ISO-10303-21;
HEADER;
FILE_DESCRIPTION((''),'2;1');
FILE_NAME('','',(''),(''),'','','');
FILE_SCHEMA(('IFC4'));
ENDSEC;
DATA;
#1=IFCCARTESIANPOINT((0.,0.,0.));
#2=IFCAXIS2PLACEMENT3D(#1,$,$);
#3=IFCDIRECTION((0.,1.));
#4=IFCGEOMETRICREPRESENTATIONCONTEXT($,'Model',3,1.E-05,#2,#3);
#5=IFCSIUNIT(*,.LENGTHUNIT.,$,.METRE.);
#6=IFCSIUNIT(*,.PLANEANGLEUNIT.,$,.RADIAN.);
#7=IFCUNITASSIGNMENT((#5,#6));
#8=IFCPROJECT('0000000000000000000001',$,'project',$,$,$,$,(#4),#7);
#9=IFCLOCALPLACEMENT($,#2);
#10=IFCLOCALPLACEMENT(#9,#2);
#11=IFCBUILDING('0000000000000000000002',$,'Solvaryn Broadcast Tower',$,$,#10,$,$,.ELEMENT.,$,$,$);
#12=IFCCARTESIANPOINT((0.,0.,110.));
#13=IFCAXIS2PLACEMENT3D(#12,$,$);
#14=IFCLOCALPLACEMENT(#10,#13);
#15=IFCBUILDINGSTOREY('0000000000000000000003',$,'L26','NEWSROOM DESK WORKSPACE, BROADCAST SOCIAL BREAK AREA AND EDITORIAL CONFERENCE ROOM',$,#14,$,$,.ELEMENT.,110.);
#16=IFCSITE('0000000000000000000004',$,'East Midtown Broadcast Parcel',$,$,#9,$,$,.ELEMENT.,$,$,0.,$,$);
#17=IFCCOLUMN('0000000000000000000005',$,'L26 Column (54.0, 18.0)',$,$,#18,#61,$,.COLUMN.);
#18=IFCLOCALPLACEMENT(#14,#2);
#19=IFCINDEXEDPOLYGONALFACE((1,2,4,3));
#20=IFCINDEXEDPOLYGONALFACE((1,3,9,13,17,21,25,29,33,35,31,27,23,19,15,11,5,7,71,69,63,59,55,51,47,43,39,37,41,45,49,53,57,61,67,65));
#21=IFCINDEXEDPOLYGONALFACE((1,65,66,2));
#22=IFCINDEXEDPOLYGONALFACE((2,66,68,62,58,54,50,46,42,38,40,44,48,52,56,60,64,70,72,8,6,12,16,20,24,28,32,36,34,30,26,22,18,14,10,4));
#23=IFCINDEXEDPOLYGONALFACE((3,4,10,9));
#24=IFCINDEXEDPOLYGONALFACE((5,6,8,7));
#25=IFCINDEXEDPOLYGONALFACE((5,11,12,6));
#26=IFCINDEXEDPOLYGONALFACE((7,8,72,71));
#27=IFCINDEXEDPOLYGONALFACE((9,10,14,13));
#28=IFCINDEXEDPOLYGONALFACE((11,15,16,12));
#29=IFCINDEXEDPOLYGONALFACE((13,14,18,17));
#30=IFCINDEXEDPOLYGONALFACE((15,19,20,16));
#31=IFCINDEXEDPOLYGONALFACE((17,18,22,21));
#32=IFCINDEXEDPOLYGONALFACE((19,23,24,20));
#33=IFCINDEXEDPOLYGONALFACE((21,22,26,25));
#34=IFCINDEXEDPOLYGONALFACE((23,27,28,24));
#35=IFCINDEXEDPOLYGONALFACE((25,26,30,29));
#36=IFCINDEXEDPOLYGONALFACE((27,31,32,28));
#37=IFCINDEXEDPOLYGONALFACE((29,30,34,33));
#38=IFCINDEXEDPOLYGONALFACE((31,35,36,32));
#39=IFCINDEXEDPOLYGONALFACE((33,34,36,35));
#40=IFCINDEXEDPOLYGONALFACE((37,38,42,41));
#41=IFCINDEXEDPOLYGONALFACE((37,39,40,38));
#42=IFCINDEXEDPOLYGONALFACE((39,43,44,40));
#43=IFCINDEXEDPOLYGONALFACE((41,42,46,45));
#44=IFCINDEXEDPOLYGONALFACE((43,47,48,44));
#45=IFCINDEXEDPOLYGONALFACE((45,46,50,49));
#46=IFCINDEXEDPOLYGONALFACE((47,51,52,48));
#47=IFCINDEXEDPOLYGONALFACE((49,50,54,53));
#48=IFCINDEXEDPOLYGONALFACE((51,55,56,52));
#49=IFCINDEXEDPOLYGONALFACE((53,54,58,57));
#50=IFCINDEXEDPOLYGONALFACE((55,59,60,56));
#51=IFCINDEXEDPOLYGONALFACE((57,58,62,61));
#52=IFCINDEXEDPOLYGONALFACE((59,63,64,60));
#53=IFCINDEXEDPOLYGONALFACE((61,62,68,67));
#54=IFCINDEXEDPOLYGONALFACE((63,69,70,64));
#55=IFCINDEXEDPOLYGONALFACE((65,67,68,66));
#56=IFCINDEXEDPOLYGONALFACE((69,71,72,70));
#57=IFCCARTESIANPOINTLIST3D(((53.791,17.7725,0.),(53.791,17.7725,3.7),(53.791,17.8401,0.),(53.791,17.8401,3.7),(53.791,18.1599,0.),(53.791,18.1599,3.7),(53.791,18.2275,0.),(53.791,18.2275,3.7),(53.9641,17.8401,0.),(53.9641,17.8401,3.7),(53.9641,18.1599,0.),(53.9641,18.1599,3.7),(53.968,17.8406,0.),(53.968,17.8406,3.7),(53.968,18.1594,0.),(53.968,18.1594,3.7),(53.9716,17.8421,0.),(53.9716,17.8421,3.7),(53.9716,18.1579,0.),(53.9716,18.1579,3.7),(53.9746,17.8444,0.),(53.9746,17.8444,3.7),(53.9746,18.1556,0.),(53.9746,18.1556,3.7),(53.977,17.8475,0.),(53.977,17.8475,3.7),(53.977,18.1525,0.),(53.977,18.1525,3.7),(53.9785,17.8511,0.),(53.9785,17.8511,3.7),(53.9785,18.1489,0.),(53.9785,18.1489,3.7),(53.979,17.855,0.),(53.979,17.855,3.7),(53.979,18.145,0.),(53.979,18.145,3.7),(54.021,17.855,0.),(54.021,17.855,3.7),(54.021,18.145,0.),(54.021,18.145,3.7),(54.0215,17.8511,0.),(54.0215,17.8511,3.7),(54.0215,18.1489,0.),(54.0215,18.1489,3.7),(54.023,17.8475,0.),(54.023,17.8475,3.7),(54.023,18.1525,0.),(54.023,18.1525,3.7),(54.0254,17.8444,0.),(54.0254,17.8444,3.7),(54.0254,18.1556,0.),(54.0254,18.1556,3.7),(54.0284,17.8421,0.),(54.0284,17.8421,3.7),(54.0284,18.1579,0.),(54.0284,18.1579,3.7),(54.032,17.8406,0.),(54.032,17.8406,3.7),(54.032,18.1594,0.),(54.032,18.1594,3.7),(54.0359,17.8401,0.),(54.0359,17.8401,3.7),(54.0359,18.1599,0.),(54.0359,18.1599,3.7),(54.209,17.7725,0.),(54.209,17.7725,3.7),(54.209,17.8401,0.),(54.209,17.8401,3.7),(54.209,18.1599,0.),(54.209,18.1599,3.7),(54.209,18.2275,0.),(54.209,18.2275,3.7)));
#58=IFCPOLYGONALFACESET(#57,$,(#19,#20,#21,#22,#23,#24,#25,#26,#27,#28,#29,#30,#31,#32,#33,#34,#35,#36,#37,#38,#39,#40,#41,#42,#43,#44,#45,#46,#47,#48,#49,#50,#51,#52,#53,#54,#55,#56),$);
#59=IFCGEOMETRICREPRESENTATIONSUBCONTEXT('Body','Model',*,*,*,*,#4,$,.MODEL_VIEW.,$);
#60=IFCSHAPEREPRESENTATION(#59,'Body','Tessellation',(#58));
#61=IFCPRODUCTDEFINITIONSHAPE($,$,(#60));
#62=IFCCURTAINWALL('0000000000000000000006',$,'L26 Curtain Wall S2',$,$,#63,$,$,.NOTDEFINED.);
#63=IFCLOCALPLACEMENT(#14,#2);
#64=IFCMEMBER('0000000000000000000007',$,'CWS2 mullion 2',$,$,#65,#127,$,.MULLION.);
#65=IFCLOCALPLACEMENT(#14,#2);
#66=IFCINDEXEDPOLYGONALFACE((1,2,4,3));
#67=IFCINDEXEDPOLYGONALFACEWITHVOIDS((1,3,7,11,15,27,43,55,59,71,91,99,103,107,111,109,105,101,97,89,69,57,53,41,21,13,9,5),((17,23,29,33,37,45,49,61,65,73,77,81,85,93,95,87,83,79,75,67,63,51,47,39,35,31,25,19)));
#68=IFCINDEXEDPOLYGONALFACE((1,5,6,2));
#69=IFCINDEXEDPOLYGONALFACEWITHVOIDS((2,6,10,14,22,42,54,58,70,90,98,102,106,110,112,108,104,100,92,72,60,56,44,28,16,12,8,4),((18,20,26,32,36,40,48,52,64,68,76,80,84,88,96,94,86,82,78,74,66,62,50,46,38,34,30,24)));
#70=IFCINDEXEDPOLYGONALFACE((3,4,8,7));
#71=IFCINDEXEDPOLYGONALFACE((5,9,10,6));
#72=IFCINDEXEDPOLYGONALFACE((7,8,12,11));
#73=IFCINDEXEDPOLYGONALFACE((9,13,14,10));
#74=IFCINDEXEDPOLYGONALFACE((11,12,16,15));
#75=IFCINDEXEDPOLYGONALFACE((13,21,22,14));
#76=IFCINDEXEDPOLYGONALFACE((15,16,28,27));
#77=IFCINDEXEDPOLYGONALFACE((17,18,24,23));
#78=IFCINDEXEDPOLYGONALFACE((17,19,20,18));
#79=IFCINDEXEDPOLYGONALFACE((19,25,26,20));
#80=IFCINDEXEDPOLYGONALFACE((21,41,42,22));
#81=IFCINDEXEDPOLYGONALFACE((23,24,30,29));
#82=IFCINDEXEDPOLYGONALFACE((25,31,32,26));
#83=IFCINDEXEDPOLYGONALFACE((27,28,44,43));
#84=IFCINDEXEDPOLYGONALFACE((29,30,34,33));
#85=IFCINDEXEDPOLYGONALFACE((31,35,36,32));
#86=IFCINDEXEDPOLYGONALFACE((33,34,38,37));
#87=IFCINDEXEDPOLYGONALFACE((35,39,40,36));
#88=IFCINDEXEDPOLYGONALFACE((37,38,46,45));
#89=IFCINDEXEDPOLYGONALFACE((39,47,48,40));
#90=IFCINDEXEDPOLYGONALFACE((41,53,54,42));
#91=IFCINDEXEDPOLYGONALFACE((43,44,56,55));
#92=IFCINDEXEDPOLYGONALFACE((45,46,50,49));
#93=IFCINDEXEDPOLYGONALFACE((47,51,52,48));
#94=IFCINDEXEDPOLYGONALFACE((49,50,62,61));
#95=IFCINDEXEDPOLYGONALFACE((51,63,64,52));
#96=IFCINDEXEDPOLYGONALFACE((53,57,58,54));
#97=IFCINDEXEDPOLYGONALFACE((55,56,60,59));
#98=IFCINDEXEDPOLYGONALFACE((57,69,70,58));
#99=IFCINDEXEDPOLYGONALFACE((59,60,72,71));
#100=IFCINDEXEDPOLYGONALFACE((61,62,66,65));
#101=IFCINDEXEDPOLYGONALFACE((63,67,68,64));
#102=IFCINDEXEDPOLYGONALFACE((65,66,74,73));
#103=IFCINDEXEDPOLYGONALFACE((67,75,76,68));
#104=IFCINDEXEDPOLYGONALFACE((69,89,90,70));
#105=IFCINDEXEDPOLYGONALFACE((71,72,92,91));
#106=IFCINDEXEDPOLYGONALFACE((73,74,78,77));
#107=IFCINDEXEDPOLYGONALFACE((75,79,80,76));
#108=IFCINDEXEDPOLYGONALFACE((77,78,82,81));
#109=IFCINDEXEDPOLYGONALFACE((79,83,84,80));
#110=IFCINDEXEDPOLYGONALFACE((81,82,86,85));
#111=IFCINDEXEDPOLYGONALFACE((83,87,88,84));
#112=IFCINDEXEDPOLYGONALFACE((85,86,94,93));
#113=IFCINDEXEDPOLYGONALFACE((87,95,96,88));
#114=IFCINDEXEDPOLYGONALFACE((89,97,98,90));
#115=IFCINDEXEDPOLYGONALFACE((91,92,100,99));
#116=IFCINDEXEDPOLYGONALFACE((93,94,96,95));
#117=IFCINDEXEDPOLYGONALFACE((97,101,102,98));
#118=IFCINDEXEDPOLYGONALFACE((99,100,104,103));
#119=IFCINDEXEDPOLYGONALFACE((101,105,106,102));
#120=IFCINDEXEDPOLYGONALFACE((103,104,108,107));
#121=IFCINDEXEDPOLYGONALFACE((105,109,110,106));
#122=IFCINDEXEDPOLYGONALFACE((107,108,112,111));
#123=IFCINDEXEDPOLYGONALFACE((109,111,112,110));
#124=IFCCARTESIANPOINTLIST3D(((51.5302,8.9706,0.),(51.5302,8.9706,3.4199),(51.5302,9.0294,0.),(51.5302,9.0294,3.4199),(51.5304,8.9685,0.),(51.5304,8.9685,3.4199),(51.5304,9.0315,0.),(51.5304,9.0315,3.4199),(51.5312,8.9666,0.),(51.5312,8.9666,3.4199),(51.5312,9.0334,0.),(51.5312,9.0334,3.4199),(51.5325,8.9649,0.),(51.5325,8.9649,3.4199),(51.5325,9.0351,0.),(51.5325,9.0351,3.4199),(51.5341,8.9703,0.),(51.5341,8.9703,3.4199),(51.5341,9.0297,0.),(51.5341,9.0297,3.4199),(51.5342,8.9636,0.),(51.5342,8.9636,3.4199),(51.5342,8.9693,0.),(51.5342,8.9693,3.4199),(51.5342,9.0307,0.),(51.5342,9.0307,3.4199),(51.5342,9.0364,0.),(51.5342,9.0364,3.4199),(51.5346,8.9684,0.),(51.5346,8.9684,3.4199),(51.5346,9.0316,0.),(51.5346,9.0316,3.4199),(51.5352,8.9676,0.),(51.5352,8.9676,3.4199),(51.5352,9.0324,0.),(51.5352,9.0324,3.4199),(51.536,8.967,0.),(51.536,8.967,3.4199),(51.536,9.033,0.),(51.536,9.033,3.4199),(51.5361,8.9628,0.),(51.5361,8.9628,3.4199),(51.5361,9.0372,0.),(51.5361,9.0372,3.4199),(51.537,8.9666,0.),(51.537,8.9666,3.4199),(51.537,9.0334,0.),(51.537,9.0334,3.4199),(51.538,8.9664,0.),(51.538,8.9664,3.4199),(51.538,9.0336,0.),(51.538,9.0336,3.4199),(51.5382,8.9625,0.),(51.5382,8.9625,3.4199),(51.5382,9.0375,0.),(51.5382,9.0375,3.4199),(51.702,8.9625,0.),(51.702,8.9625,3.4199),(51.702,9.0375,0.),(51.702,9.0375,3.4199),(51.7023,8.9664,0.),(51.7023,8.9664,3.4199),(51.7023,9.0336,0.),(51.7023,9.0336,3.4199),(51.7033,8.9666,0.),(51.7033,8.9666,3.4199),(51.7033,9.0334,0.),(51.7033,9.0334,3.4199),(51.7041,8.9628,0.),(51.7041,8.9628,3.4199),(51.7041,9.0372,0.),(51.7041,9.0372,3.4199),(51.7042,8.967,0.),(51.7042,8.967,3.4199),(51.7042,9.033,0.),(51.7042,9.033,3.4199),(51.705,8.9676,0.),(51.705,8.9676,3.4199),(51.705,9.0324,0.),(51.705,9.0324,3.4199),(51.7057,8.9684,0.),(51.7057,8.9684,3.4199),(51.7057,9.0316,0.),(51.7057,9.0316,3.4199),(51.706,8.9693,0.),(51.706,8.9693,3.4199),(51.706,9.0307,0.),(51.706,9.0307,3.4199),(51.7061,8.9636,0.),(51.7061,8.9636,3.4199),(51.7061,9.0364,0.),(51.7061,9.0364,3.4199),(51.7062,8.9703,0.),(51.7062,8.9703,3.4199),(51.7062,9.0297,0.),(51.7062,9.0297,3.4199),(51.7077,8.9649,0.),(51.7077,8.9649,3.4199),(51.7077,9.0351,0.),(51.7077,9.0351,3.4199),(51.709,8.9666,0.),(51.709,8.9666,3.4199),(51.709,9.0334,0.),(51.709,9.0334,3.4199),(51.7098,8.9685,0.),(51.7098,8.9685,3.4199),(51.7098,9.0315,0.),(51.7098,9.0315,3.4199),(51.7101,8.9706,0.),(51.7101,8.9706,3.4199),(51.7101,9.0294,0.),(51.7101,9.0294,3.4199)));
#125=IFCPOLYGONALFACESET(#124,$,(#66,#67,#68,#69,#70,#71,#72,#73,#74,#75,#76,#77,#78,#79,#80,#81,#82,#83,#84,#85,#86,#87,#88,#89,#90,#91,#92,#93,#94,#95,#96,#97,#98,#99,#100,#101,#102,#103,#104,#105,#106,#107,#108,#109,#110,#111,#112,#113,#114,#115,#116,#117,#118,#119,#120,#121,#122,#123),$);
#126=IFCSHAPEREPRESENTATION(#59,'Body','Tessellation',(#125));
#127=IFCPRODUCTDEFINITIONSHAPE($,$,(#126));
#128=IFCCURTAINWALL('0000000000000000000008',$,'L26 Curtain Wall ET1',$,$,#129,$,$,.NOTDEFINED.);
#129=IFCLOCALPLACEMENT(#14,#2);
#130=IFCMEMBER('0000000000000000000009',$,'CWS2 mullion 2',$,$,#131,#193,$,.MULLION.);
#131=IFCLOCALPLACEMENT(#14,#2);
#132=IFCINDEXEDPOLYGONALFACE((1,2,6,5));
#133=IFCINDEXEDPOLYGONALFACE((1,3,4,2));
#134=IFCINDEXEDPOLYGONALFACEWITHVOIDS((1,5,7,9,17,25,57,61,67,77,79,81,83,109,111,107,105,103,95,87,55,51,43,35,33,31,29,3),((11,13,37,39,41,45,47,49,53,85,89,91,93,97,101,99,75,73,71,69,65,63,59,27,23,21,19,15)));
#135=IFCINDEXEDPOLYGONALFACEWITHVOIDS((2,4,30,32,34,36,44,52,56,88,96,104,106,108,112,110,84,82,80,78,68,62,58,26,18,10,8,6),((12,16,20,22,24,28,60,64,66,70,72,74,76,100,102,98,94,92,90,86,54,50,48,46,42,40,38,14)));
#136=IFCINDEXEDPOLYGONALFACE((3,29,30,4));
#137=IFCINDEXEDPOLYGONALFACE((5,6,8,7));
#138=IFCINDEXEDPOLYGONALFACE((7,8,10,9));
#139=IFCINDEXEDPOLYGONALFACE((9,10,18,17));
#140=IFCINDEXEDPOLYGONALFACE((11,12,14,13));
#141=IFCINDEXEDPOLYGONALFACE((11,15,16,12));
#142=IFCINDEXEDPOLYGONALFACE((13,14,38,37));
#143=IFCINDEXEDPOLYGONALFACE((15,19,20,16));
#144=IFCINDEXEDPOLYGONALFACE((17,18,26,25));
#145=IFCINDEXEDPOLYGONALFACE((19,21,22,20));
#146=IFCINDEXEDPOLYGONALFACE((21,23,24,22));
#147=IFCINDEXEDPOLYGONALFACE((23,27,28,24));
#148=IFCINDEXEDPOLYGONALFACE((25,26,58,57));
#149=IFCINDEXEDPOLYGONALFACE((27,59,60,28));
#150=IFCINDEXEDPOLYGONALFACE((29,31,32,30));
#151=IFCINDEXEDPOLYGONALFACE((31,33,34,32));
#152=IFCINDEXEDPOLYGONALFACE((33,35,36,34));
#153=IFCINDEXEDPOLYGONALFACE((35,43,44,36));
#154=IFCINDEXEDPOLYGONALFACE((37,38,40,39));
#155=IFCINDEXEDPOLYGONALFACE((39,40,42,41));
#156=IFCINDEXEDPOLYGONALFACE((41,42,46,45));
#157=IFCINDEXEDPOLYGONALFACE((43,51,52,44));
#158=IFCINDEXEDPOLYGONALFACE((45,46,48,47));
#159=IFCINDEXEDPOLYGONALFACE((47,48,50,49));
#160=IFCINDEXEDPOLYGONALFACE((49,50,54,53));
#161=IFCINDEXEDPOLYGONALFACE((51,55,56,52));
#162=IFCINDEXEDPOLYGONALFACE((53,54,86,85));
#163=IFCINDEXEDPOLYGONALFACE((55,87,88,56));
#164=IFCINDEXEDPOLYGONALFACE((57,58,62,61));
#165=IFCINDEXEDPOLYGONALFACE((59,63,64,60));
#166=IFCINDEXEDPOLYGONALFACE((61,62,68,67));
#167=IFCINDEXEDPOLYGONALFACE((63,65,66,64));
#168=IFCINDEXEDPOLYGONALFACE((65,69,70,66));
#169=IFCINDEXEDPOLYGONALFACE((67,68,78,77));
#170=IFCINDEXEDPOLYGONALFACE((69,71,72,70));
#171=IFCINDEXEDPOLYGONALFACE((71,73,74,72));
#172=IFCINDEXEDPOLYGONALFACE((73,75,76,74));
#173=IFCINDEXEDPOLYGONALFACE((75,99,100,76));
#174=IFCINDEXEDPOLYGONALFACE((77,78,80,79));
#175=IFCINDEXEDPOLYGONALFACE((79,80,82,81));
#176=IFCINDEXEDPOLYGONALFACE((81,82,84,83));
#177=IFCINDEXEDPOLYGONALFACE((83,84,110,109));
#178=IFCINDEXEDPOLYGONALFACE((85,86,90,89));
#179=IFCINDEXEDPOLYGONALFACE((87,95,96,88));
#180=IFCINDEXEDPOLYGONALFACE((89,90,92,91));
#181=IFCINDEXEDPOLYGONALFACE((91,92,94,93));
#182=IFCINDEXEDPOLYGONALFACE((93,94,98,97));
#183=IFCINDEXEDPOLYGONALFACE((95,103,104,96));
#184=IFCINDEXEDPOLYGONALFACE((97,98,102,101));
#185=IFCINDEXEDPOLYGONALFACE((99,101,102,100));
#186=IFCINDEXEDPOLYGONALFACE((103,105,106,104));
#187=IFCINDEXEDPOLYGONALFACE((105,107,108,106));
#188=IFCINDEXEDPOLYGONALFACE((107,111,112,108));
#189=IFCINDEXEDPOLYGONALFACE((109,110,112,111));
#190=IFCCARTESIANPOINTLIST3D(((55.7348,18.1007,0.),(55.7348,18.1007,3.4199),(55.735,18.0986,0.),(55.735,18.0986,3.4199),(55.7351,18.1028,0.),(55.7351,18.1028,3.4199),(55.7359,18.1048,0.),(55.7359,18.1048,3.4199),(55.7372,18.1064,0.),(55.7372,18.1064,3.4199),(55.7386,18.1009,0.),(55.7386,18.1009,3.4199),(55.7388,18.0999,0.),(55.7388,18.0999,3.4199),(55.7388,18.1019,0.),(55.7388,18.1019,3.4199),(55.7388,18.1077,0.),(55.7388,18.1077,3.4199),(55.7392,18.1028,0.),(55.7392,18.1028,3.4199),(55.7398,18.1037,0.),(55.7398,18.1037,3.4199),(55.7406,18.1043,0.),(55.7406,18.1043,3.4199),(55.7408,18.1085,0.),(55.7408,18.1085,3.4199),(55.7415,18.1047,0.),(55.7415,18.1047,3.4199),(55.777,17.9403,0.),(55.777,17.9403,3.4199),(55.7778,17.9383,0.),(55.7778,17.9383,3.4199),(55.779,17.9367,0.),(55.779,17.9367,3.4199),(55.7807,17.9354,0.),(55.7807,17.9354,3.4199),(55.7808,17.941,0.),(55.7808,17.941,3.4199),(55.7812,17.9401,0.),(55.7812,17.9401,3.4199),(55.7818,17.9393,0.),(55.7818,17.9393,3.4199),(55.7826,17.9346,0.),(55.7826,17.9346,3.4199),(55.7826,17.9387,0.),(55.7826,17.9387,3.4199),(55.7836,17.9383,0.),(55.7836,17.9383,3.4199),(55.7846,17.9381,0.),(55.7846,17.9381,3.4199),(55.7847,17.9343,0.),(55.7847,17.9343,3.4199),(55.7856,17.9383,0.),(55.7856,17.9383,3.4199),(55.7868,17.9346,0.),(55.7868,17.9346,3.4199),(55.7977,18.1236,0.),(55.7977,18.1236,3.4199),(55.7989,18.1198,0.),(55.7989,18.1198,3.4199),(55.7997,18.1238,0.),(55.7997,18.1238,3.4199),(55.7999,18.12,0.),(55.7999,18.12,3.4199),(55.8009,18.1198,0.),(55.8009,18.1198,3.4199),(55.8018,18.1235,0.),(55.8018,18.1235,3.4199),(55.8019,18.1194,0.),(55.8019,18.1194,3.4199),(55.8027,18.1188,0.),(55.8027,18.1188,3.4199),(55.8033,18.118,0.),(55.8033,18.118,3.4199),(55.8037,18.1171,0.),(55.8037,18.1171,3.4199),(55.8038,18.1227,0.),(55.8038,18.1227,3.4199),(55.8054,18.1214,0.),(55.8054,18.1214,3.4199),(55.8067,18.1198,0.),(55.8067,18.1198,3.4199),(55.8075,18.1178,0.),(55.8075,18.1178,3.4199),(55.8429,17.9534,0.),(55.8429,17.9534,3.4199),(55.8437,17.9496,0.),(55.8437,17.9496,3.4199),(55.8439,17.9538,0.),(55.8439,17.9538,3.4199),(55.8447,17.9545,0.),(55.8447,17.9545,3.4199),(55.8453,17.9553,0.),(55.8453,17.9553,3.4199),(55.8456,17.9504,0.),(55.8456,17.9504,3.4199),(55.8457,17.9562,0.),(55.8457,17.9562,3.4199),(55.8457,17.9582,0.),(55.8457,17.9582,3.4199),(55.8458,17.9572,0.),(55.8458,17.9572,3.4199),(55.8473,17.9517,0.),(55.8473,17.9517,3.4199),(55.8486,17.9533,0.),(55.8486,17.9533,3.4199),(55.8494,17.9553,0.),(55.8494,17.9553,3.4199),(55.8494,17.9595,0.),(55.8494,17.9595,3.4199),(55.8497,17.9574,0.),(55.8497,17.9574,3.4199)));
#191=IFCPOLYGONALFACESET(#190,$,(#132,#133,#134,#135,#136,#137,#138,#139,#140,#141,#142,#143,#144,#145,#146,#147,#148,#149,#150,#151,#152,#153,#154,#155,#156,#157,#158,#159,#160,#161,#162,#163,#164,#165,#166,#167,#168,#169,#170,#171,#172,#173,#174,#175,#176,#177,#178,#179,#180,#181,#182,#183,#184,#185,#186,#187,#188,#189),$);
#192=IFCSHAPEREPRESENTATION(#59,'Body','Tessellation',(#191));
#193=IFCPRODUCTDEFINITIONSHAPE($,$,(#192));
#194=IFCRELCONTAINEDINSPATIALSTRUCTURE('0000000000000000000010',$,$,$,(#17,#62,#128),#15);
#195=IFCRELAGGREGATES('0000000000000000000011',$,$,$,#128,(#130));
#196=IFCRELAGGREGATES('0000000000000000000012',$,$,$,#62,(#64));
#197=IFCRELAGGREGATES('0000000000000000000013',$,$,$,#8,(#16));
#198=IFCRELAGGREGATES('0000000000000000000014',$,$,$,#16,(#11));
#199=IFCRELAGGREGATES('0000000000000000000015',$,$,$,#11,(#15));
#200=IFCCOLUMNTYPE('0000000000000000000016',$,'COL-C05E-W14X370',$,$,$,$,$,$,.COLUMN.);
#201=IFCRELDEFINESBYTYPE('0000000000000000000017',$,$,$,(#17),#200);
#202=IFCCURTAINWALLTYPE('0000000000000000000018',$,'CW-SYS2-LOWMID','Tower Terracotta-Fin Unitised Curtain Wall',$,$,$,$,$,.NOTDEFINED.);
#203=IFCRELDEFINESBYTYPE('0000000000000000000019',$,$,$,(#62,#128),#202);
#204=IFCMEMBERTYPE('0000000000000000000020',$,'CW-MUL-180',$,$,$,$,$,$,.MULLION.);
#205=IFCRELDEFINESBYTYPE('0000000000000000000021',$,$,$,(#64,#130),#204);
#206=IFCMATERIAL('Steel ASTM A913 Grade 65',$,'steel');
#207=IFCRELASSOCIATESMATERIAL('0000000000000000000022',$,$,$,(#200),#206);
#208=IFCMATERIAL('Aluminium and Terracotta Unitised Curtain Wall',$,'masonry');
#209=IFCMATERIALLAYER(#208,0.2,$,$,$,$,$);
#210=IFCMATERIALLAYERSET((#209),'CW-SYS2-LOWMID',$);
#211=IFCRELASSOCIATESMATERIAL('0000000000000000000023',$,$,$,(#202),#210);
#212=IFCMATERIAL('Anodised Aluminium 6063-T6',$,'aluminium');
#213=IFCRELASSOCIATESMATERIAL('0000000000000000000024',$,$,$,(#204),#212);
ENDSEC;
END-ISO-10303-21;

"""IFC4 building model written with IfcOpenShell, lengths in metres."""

from ifc_helpers import new_model, si_unit, direction, frame, origin, origin_2d, place, context, subcontext, project, spatial, hollow_rectangle, i_section, extrude, material, layer, layer_set, material_profile, profile_set, type_object, element, aggregate, save


model = new_model("IFC4")

# Units and contexts
model_context = context("Model", 3, precision=1e-05, world=origin(), true_north=direction((0.0, 1.0)))
body_context = subcontext(model_context, "Body", "Model", "MODEL_VIEW")
ifc_project = project(units=[si_unit("LENGTHUNIT", "METRE"), si_unit("PLANEANGLEUNIT", "RADIAN")], contexts=[model_context])

# Site, building, storey
site_placement = place(None, origin())
site = spatial("IfcSite", under=ifc_project, at=site_placement, Name="East Midtown Broadcast Parcel", CompositionType="ELEMENT", RefElevation=0.0)
building_placement = place(site_placement, origin())
building = spatial("IfcBuilding", under=site, at=building_placement, Name="Solvaryn Broadcast Tower", CompositionType="ELEMENT")
storey_placement = place(building_placement, frame((0.0, 0.0, 110.0)))
storey = spatial("IfcBuildingStorey", under=building, at=storey_placement, Name="L26", Description="NEWSROOM DESK WORKSPACE, BROADCAST SOCIAL BREAK AREA AND EDITORIAL CONFERENCE ROOM", CompositionType="ELEMENT", Elevation=110.0)

# Column
ifc_material_1 = material(Name="Steel ASTM A913 Grade 65", Category="steel")
ifc_material_profile_1 = material_profile(ifc_material_1, i_section(OverallWidth=0.418, OverallDepth=0.4551, WebThickness=0.042, FlangeThickness=0.0676, FilletRadius=0.0149, at=origin_2d()))
ifc_profile_set_1 = profile_set([ifc_material_profile_1], Name="Steel ASTM A913 Grade 65")
column_type = type_object("IfcColumnType", Name="COL-C05E-W14X370", PredefinedType="COLUMN", material=ifc_profile_set_1)
column_placement = place(storey_placement, frame((54.0, 18.0, 0.0), z_axis=(0.0, 0.0, 1.0), x_axis=(1.0, 0.0, 0.0)))
element("IfcColumn", 1, at=column_placement, inside=storey, type_object=column_type, Name="L26 Column (54.0, 18.0)", PredefinedType="COLUMN", context=body_context, shape_type="SweptSolid", body=[
    extrude(i_section(OverallWidth=0.418, OverallDepth=0.4551, WebThickness=0.042, FlangeThickness=0.0676, FilletRadius=0.0149, at=origin_2d()), origin(), (0.0, 0.0, 1.0), 3.7),
])

# Curtain walls, members
ifc_material_2 = material(Name="Aluminium and Terracotta Unitised Curtain Wall", Category="masonry")
ifc_layer_1 = layer(ifc_material_2, 0.2)
ifc_layer_set_1 = layer_set([ifc_layer_1], Name="CW-SYS2-LOWMID")
curtain_wall_type = type_object("IfcCurtainWallType", Name="CW-SYS2-LOWMID", Description="Tower Terracotta-Fin Unitised Curtain Wall", PredefinedType="NOTDEFINED", material=ifc_layer_set_1)
curtain_wall_1_placement = place(storey_placement, origin())
curtain_wall_1 = element("IfcCurtainWall", 2, at=curtain_wall_1_placement, inside=storey, type_object=curtain_wall_type, Name="L26 Curtain Wall S2", PredefinedType="NOTDEFINED")
ifc_material_3 = material(Name="Anodised Aluminium 6063-T6", Category="aluminium")
ifc_material_profile_2 = material_profile(ifc_material_3, hollow_rectangle(XDim=0.075, YDim=0.1799, WallThickness=0.0039, InnerFilletRadius=0.0039, OuterFilletRadius=0.0081, at=origin_2d()))
ifc_profile_set_2 = profile_set([ifc_material_profile_2], Name="Anodised Aluminium 6063-T6")
member_type_1 = type_object("IfcMemberType", Name="CW-MUL-180", PredefinedType="MULLION", material=ifc_profile_set_2)
member_1_placement = place(storey_placement, frame((51.6201, 9.0, 0.0), z_axis=(0.0, 0.0, 1.0), x_axis=(0.0, 1.0, 0.0)))
member_1 = element("IfcMember", 3, at=member_1_placement, type_object=member_type_1, Name="CWS2 mullion 2", PredefinedType="MULLION", context=body_context, shape_type="SweptSolid", body=[
    extrude(hollow_rectangle(XDim=0.075, YDim=0.1799, WallThickness=0.0039, InnerFilletRadius=0.0039, OuterFilletRadius=0.0081, at=origin_2d()), origin(), (0.0, 0.0, 1.0), 3.4199),
])
curtain_wall_2_placement = place(storey_placement, origin())
curtain_wall_2 = element("IfcCurtainWall", 4, at=curtain_wall_2_placement, inside=storey, type_object=curtain_wall_type, Name="L26 Curtain Wall ET1", PredefinedType="NOTDEFINED")
member_2_placement = place(storey_placement, frame((55.7922, 18.0291, 0.0), z_axis=(0.0, 0.0, 1.0), x_axis=(0.966705, 0.255893, 0.0)))
member_2 = element("IfcMember", 5, at=member_2_placement, type_object=member_type_1, Name="CWS2 mullion 2", PredefinedType="MULLION", context=body_context, shape_type="SweptSolid", body=[
    extrude(hollow_rectangle(XDim=0.075, YDim=0.1799, WallThickness=0.0039, InnerFilletRadius=0.0039, OuterFilletRadius=0.0081, at=origin_2d()), origin(), (0.0, 0.0, 1.0), 3.4199),
])
aggregate(curtain_wall_2, [member_2])

aggregate(curtain_wall_1, [member_1])

save(model, "model.ifc")
